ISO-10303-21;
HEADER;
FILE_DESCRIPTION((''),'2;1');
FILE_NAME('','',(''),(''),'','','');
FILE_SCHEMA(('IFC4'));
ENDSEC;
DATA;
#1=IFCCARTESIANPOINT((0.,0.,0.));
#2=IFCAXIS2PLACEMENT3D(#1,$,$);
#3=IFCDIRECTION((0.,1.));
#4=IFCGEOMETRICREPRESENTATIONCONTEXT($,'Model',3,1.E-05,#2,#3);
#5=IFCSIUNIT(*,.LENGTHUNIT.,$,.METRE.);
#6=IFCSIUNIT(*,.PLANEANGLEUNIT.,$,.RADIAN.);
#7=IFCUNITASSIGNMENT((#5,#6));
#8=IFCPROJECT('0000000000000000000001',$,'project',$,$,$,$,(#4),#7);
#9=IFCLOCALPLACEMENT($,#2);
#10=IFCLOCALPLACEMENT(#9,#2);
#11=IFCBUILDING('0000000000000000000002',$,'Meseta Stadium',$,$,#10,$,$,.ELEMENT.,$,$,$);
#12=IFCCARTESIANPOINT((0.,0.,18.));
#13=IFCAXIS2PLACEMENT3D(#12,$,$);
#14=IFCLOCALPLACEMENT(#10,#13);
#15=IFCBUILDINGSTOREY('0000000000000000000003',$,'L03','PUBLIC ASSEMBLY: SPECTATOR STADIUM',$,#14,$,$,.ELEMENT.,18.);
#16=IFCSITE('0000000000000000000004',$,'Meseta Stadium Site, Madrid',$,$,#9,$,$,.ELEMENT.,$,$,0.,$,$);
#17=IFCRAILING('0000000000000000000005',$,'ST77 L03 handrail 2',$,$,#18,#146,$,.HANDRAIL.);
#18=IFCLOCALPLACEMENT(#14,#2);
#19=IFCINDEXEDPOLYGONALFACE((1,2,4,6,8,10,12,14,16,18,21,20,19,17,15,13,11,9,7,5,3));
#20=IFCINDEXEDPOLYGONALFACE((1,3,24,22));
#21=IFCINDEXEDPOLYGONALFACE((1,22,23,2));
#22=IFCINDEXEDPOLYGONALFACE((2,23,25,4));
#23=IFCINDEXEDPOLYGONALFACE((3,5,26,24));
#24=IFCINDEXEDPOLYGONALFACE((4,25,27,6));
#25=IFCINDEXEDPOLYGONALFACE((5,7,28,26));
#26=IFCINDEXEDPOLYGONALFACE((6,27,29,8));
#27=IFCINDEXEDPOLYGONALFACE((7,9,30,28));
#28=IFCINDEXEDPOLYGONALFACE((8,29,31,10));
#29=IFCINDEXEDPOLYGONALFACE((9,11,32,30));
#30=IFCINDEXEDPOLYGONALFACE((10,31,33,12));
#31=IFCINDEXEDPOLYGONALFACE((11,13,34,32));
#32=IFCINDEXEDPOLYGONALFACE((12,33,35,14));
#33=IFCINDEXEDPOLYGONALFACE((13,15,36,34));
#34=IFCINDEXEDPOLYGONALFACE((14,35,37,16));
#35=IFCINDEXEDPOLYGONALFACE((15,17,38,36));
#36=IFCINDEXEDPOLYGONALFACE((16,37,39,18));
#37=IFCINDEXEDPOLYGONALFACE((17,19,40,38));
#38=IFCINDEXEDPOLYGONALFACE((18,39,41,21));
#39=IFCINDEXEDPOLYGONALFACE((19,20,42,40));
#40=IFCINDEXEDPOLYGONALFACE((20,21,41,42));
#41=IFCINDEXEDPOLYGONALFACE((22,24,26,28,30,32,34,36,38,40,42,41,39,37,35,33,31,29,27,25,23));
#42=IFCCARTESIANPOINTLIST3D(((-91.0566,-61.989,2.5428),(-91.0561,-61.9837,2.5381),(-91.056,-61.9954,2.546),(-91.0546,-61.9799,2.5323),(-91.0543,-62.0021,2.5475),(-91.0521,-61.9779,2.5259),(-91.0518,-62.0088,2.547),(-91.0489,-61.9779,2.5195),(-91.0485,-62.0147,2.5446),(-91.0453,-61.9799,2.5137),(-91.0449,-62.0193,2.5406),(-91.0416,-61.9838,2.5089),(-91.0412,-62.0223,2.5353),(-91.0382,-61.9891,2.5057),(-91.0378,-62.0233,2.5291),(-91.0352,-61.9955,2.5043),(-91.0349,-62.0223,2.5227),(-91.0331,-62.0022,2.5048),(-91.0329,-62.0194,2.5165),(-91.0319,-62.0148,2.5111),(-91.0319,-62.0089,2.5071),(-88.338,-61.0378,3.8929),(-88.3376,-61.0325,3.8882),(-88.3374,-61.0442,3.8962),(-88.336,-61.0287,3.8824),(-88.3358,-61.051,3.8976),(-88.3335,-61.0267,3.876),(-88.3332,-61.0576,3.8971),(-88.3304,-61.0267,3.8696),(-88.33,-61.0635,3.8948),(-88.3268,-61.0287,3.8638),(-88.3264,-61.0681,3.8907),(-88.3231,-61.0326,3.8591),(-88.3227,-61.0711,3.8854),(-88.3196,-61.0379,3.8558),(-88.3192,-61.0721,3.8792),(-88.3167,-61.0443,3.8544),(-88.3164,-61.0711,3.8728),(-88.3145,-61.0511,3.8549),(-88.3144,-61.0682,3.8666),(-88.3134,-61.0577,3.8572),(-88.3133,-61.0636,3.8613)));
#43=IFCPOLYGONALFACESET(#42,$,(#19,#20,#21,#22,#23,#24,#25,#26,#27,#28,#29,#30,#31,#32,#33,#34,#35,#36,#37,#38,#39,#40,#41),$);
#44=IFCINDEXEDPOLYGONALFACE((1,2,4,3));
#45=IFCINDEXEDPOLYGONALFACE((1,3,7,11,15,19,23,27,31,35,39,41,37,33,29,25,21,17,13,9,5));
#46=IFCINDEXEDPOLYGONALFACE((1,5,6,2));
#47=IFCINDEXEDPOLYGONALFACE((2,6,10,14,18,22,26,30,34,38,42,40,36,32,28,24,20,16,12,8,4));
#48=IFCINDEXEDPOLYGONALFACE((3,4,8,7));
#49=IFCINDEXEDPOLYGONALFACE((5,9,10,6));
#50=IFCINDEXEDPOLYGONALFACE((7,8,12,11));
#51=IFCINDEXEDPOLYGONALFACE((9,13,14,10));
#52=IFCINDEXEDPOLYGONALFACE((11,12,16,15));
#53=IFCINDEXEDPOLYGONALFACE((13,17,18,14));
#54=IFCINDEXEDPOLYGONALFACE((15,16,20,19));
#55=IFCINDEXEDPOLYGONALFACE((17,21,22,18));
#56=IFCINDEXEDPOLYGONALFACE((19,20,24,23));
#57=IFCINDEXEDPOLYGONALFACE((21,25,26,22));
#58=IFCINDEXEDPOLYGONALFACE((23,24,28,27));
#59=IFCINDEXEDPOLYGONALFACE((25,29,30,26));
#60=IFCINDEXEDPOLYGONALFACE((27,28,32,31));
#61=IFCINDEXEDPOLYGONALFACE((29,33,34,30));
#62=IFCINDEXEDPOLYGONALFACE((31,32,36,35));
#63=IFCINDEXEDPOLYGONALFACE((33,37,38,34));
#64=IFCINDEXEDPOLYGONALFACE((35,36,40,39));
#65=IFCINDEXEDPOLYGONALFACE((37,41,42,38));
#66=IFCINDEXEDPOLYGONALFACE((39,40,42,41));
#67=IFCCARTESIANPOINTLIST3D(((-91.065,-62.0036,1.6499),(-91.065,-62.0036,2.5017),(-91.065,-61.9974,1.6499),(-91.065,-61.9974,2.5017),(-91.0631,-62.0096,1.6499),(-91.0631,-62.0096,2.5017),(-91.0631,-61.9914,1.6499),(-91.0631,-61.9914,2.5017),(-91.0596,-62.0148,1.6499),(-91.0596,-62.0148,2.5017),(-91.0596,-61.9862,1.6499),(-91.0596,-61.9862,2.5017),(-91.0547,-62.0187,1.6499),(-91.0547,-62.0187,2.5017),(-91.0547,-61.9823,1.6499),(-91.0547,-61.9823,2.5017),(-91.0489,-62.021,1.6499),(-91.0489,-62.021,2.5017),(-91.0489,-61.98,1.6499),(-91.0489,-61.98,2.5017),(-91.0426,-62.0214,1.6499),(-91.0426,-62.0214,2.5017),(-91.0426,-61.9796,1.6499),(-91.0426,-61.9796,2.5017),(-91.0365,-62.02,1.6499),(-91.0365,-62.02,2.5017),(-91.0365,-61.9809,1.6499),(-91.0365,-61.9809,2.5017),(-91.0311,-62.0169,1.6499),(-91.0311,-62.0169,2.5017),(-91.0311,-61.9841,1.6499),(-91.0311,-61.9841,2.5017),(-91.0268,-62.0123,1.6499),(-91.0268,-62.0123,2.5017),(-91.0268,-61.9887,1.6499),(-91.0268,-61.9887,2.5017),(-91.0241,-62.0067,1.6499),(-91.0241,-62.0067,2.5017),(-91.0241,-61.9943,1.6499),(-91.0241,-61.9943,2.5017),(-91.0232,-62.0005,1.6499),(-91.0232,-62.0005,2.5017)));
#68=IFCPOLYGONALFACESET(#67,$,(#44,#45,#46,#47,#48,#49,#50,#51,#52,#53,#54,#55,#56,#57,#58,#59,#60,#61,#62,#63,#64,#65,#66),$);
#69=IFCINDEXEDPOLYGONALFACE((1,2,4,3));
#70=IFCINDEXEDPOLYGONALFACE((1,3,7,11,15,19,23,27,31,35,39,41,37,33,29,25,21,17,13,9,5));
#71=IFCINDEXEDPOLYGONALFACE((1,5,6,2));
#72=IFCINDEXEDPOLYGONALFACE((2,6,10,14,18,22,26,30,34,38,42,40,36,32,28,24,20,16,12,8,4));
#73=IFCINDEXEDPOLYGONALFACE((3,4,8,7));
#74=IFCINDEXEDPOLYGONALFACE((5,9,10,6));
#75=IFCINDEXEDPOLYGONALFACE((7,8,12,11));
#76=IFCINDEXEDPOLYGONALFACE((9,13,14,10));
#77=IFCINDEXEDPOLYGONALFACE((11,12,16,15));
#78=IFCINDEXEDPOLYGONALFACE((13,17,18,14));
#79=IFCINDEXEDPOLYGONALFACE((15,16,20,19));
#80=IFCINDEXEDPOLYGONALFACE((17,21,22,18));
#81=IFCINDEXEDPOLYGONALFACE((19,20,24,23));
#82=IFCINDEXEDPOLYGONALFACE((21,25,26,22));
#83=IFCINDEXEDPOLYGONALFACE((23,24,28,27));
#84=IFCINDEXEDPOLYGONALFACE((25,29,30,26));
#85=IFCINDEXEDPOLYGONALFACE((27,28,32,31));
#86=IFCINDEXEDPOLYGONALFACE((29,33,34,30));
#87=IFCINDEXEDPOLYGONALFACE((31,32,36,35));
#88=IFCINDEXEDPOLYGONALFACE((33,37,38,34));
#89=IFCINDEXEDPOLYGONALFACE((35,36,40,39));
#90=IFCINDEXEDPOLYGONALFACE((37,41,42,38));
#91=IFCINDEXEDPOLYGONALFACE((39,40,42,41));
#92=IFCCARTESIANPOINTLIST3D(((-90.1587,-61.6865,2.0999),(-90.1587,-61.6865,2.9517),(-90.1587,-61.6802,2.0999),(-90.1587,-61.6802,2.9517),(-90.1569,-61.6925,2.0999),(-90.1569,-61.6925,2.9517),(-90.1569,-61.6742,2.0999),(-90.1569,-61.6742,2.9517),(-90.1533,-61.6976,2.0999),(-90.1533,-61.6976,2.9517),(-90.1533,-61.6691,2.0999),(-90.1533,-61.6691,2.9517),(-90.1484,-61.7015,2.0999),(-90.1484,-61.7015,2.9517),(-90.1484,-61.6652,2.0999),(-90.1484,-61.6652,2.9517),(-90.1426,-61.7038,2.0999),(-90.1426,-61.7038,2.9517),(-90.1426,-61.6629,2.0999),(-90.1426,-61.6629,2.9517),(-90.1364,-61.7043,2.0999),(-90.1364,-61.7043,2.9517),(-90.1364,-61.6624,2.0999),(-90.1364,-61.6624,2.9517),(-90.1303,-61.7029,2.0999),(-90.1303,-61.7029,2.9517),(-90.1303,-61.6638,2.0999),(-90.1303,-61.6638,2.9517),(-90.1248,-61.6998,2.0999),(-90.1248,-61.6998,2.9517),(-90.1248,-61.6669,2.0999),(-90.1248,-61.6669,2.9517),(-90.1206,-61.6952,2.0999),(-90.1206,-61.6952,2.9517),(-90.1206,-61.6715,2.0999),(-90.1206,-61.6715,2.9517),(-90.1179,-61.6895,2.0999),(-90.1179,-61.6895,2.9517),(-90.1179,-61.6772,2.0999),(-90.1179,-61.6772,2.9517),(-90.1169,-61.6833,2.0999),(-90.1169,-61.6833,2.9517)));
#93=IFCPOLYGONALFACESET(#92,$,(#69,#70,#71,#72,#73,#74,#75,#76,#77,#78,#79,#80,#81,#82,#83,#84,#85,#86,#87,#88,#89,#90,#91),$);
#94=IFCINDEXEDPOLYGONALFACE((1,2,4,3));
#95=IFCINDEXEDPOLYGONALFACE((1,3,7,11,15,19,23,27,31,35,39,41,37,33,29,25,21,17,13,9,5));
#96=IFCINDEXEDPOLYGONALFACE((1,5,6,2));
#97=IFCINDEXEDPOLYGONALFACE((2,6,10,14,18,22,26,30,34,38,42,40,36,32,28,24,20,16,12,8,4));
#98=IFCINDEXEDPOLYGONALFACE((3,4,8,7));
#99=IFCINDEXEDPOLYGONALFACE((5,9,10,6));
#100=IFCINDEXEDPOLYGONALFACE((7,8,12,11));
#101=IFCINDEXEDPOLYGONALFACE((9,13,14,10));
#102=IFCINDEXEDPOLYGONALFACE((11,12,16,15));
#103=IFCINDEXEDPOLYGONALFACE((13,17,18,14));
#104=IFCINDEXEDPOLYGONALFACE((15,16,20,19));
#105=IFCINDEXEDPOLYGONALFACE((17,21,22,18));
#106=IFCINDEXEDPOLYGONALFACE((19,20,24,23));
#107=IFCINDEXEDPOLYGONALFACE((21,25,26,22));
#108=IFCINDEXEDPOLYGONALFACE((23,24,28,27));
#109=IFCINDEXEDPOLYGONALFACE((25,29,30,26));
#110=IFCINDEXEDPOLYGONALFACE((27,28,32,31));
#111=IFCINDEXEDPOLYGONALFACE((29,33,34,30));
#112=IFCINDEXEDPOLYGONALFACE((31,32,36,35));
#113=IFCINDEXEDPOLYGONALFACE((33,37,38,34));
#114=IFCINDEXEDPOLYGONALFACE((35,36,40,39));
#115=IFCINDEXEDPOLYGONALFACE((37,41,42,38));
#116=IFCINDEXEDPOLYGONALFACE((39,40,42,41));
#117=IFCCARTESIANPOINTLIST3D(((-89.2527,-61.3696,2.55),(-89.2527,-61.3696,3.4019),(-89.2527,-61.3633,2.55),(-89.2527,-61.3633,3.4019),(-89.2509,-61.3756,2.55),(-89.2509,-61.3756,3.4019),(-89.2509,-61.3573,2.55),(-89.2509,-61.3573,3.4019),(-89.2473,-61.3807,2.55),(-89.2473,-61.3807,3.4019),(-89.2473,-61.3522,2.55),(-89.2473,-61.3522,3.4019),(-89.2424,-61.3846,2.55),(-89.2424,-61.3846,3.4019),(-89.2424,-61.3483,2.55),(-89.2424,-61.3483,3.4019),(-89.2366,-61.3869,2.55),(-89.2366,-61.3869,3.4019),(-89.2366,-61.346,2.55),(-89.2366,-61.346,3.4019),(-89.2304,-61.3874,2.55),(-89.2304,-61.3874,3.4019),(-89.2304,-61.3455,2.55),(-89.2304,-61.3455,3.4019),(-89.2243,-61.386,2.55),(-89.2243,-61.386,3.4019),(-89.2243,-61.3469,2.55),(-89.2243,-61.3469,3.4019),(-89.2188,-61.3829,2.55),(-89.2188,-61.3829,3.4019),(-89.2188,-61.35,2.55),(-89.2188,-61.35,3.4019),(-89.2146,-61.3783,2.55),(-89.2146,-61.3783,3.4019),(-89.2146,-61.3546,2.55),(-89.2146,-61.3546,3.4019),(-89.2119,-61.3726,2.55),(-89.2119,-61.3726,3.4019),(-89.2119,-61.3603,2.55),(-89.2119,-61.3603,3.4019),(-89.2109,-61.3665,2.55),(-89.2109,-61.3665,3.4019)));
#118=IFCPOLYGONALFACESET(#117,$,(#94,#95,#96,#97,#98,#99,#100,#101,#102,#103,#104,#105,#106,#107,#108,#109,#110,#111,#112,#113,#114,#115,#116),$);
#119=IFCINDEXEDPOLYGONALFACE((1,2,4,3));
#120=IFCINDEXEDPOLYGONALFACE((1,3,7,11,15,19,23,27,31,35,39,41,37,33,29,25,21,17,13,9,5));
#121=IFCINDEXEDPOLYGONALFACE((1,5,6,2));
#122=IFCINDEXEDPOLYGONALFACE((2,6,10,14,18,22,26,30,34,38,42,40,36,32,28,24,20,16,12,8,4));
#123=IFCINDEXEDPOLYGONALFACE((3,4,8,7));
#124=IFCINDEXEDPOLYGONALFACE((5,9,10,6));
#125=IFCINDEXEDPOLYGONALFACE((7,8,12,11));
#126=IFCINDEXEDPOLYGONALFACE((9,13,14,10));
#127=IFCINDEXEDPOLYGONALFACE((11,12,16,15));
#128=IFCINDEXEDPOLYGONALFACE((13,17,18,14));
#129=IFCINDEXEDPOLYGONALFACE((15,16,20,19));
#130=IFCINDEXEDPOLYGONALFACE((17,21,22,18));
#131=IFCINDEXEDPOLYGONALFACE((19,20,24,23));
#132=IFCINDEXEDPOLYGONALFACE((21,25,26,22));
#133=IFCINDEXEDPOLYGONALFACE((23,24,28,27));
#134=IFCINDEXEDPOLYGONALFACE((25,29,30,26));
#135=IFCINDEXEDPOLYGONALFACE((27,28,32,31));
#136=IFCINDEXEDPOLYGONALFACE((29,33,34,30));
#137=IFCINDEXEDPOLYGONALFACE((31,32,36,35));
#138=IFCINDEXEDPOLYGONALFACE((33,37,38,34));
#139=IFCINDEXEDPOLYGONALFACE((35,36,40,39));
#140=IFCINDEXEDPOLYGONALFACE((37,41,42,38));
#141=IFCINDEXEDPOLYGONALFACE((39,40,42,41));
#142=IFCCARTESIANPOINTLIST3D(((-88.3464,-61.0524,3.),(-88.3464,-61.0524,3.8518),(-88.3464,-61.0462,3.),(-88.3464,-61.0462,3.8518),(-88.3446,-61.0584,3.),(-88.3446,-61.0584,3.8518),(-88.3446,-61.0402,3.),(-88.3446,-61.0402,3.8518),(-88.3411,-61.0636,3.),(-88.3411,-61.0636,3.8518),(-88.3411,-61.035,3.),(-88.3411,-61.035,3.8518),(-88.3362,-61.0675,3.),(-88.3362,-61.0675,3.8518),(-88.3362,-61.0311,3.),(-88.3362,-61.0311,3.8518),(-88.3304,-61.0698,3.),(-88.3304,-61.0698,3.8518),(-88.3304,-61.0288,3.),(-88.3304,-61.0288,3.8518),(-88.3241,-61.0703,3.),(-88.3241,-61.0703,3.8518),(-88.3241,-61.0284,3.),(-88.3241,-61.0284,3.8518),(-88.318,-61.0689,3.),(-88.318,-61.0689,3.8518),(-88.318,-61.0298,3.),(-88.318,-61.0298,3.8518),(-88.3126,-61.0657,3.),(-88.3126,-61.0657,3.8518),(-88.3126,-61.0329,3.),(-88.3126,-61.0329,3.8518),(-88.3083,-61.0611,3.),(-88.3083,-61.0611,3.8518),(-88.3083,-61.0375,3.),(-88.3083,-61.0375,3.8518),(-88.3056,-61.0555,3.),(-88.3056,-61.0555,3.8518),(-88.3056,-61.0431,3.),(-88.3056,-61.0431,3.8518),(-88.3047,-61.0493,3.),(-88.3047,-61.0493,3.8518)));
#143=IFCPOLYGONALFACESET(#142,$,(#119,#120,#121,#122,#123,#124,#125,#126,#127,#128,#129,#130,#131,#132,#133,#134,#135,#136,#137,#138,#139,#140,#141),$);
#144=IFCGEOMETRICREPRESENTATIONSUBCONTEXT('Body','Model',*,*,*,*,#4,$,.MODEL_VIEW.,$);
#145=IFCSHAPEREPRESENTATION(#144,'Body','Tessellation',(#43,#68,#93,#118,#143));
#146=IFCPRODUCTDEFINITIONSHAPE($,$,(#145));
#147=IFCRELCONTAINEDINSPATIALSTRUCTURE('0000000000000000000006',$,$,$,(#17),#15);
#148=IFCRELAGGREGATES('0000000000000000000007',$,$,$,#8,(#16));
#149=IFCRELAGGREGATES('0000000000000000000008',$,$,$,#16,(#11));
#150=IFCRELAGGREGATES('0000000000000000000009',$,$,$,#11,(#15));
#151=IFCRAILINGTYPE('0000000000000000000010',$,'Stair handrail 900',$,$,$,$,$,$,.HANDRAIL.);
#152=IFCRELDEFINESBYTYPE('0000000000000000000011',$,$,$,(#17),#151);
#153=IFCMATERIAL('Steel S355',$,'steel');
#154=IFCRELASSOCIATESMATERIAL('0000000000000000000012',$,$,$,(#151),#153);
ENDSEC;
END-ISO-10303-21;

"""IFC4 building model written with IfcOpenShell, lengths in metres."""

from ifc_helpers import new_model, si_unit, direction, frame, origin, origin_2d, place, context, subcontext, project, spatial, circle, extrude, material, type_object, element, save


model = new_model("IFC4")

# Units and contexts
model_context = context("Model", 3, precision=1e-05, world=origin(), true_north=direction((0.0, 1.0)))
body_context = subcontext(model_context, "Body", "Model", "MODEL_VIEW")
ifc_project = project(units=[si_unit("LENGTHUNIT", "METRE"), si_unit("PLANEANGLEUNIT", "RADIAN")], contexts=[model_context])

# Site, building, storey
site_placement = place(None, origin())
site = spatial("IfcSite", under=ifc_project, at=site_placement, Name="Meseta Stadium Site, Madrid", CompositionType="ELEMENT", RefElevation=0.0)
building_placement = place(site_placement, origin())
building = spatial("IfcBuilding", under=site, at=building_placement, Name="Meseta Stadium", CompositionType="ELEMENT")
storey_placement = place(building_placement, frame((0.0, 0.0, 18.0)))
storey = spatial("IfcBuildingStorey", under=building, at=storey_placement, Name="L03", Description="PUBLIC ASSEMBLY: SPECTATOR STADIUM", CompositionType="ELEMENT", Elevation=18.0)

# Railing
ifc_material_1 = material(Name="Steel S355", Category="steel")
railing_type_1 = type_object("IfcRailingType", Name="Stair handrail 900", PredefinedType="HANDRAIL", material=ifc_material_1)
railing_1_placement = place(storey_placement, frame((-91.0442, -62.0005, 1.6499)))
element("IfcRailing", 1, at=railing_1_placement, inside=storey, type_object=railing_type_1, Name="ST77 L03 handrail 2", PredefinedType="HANDRAIL", context=body_context, shape_type="SweptSolid", body=[
    extrude(circle(Radius=0.0239, at=origin_2d()), frame((0.0, 0.0, 0.876), z_axis=(0.854649, 0.299031, 0.424446), x_axis=(-0.330256, 0.943891, 0.0)), (0.0, 0.0, 1.0), 3.1809),
    extrude(circle(Radius=0.021, at=origin_2d()), origin(), (0.0, 0.0, 1.0), 0.8518),
    extrude(circle(Radius=0.021, at=origin_2d()), frame((0.9062, 0.3171, 0.45)), (0.0, 0.0, 1.0), 0.8518),
    extrude(circle(Radius=0.021, at=origin_2d()), frame((1.8123, 0.634, 0.9001)), (0.0, 0.0, 1.0), 0.8518),
    extrude(circle(Radius=0.021, at=origin_2d()), frame((2.7185, 0.9512, 1.3501)), (0.0, 0.0, 1.0), 0.8518),
])

save(model, "model.ifc")
